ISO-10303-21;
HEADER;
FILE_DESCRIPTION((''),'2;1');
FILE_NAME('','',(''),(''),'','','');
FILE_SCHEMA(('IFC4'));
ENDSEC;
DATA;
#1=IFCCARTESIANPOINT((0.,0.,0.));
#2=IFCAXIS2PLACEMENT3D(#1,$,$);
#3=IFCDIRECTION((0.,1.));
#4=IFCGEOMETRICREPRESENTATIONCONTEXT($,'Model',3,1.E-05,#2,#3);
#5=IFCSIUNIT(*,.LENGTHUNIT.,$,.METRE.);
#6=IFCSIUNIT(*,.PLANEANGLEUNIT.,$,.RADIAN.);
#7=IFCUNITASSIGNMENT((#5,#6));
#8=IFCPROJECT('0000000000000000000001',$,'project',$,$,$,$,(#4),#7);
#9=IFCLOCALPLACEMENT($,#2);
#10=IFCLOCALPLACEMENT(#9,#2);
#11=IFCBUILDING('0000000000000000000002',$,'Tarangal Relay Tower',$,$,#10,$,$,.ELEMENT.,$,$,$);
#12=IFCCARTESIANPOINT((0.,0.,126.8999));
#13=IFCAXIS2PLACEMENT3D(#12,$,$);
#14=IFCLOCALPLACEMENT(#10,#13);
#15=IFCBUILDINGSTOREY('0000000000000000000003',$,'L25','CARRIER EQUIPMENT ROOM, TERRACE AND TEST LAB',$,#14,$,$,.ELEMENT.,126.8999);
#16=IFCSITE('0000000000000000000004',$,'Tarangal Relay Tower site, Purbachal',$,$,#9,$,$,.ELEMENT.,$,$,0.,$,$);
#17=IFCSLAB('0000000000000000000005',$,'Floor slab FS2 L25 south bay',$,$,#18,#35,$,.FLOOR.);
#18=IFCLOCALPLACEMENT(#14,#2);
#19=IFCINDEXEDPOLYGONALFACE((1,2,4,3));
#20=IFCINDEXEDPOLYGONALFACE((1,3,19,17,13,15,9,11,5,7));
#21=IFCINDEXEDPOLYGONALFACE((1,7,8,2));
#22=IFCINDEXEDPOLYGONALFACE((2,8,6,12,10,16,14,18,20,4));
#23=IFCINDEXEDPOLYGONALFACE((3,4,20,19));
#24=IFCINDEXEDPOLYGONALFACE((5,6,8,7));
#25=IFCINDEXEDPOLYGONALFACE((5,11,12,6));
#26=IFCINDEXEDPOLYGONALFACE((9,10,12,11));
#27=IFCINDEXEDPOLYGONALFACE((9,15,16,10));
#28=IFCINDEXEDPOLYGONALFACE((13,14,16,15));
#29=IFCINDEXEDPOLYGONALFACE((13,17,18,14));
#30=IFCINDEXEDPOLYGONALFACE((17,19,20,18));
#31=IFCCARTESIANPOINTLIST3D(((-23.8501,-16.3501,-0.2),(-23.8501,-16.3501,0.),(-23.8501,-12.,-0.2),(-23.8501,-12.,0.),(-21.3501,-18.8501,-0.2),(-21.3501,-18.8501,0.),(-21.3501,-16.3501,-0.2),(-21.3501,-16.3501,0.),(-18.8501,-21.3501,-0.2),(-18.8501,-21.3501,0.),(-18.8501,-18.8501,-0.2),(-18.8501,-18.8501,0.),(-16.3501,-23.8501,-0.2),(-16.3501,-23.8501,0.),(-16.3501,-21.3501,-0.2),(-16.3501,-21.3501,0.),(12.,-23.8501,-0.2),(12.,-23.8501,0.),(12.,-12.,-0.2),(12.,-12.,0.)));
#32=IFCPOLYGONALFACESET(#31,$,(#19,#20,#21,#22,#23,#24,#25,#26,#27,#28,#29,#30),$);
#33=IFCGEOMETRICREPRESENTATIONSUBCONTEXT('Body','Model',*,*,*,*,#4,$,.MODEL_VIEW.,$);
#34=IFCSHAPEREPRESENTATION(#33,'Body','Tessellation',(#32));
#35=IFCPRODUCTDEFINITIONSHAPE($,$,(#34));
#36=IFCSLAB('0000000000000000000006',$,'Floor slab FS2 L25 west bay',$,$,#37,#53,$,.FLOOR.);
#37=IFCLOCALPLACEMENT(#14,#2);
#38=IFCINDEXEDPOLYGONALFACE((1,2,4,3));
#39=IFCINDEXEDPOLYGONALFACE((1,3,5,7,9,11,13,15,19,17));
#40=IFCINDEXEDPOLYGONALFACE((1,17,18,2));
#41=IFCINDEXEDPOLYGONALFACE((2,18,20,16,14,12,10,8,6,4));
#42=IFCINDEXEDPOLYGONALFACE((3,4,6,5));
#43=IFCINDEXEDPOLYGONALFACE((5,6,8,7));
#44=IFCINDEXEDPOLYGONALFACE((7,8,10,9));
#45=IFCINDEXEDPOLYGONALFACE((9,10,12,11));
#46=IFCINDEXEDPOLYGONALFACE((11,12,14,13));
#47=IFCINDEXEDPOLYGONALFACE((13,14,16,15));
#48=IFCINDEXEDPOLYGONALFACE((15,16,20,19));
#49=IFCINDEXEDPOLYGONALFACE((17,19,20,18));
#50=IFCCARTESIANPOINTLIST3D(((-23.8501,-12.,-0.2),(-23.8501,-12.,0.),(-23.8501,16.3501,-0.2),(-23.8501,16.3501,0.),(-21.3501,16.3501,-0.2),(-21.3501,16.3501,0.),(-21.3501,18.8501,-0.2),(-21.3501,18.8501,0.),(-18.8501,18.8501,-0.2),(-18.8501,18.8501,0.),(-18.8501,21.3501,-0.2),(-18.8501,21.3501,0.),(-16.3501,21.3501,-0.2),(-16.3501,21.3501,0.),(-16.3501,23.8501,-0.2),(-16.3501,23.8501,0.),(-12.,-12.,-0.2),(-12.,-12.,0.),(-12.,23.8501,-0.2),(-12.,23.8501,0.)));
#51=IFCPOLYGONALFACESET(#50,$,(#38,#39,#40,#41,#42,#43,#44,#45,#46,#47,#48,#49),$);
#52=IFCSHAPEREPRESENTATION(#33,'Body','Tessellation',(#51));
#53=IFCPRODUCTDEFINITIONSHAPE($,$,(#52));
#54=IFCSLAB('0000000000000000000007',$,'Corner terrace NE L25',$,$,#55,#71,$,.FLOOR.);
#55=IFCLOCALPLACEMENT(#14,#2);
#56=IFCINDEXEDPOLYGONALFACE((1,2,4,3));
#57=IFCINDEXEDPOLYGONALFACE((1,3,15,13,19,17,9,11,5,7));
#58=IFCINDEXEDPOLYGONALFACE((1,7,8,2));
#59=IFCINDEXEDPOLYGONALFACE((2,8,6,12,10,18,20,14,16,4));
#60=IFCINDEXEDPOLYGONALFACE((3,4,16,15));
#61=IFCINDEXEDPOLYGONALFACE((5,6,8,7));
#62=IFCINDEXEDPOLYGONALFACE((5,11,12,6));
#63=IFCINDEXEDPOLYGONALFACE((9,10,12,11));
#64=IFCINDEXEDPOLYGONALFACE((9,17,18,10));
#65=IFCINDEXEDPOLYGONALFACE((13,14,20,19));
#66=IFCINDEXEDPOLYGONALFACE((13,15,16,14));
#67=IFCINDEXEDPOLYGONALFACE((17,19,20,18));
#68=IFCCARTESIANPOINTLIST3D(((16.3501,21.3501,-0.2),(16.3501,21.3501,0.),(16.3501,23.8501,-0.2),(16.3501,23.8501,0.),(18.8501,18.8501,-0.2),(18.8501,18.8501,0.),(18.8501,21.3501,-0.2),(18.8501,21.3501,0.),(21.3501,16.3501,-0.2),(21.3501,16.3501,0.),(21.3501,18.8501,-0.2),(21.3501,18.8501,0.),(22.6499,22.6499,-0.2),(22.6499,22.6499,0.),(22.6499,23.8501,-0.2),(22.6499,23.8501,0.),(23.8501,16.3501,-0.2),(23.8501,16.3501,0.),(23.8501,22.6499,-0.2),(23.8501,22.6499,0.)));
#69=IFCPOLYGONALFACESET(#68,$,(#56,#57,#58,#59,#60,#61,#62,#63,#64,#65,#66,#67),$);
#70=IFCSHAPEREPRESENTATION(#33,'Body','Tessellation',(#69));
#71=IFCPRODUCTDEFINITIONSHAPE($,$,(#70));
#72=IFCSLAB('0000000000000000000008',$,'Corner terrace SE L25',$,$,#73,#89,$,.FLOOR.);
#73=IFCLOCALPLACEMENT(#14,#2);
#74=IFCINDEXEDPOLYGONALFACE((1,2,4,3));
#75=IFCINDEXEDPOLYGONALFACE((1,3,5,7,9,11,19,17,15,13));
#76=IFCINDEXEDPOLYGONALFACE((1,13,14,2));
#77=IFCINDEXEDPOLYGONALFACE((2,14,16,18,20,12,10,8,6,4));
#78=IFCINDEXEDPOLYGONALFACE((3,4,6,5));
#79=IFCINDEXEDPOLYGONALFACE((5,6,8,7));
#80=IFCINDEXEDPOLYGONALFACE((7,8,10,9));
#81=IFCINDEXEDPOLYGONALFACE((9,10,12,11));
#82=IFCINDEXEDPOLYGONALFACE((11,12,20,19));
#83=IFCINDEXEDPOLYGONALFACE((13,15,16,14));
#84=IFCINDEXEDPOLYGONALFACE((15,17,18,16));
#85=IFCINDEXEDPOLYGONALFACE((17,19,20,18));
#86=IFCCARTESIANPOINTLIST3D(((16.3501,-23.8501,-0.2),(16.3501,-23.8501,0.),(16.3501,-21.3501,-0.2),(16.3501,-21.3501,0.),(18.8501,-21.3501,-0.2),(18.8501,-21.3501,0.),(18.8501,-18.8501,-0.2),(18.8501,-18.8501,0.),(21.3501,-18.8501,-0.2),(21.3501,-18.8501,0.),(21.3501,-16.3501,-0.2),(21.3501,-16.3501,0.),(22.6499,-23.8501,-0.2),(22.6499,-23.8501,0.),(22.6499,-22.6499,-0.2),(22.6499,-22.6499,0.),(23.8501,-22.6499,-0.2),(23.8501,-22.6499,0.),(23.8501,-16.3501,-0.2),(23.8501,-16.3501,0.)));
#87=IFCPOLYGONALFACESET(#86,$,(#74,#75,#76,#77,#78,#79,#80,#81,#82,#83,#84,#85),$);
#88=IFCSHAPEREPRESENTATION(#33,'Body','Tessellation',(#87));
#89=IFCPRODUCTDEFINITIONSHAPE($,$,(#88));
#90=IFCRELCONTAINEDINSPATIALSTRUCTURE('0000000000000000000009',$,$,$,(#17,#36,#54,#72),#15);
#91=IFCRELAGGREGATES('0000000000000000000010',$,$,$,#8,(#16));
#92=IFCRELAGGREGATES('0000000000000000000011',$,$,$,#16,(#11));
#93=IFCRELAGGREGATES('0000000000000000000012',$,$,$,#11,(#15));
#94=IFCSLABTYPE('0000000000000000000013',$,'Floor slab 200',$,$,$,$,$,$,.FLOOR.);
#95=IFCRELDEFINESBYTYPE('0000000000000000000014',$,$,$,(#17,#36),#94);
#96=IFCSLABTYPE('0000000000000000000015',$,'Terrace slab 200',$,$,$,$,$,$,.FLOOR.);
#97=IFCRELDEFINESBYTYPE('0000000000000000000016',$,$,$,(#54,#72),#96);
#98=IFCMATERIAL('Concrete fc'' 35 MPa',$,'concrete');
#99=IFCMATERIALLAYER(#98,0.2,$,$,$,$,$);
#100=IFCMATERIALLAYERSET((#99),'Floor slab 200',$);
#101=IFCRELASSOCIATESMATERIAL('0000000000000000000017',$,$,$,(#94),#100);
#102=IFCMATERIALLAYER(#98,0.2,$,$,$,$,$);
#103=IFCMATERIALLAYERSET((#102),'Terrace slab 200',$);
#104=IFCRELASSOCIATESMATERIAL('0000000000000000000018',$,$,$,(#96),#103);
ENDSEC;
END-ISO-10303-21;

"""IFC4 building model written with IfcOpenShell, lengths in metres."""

from ifc_helpers import new_model, si_unit, direction, frame, origin, place, context, subcontext, project, spatial, polyline, outline, extrude, material, layer, layer_set, type_object, element, save


model = new_model("IFC4")

# Units and contexts
model_context = context("Model", 3, precision=1e-05, world=origin(), true_north=direction((0.0, 1.0)))
body_context = subcontext(model_context, "Body", "Model", "MODEL_VIEW")
ifc_project = project(units=[si_unit("LENGTHUNIT", "METRE"), si_unit("PLANEANGLEUNIT", "RADIAN")], contexts=[model_context])

# Site, building, storey
site_placement = place(None, origin())
site = spatial("IfcSite", under=ifc_project, at=site_placement, Name="Tarangal Relay Tower site, Purbachal", CompositionType="ELEMENT", RefElevation=0.0)
building_placement = place(site_placement, origin())
building = spatial("IfcBuilding", under=site, at=building_placement, Name="Tarangal Relay Tower", CompositionType="ELEMENT")
storey_placement = place(building_placement, frame((0.0, 0.0, 126.8999)))
storey = spatial("IfcBuildingStorey", under=building, at=storey_placement, Name="L25", Description="CARRIER EQUIPMENT ROOM, TERRACE AND TEST LAB", CompositionType="ELEMENT", Elevation=126.8999)

# Slabs
ifc_material_1 = material(Name="Concrete fc' 35 MPa", Category="concrete")
ifc_layer_1 = layer(ifc_material_1, 0.2)
ifc_layer_set_1 = layer_set([ifc_layer_1], Name="Floor slab 200")
slab_type_1 = type_object("IfcSlabType", Name="Floor slab 200", PredefinedType="FLOOR", material=ifc_layer_set_1)
slab_1_placement = place(storey_placement, frame((0.0, 0.0, -0.2)))
element("IfcSlab", 1, at=slab_1_placement, inside=storey, type_object=slab_type_1, Name="Floor slab FS2 L25 south bay", PredefinedType="FLOOR", context=body_context, shape_type="SweptSolid", body=[
    extrude(outline(polyline([(-16.3501, -23.8501), (-16.3501, -21.3501), (-18.8501, -21.3501), (-18.8501, -18.8501), (-21.3501, -18.8501), (-21.3501, -16.3501), (-23.8501, -16.3501), (-23.8501, -12.0), (12.0, -12.0), (12.0, -23.8501), (-16.3501, -23.8501)])), origin(), (0.0, 0.0, 1.0), 0.2),
])
slab_2_placement = place(storey_placement, frame((0.0, 0.0, -0.2)))
element("IfcSlab", 2, at=slab_2_placement, inside=storey, type_object=slab_type_1, Name="Floor slab FS2 L25 west bay", PredefinedType="FLOOR", context=body_context, shape_type="SweptSolid", body=[
    extrude(outline(polyline([(-12.0, 23.8501), (-12.0, -12.0), (-23.8501, -12.0), (-23.8501, 16.3501), (-21.3501, 16.3501), (-21.3501, 18.8501), (-18.8501, 18.8501), (-18.8501, 21.3501), (-16.3501, 21.3501), (-16.3501, 23.8501), (-12.0, 23.8501)])), origin(), (0.0, 0.0, 1.0), 0.2),
])
ifc_layer_2 = layer(ifc_material_1, 0.2)
ifc_layer_set_2 = layer_set([ifc_layer_2], Name="Terrace slab 200")
slab_type_2 = type_object("IfcSlabType", Name="Terrace slab 200", PredefinedType="FLOOR", material=ifc_layer_set_2)
slab_3_placement = place(storey_placement, frame((0.0, 0.0, -0.2)))
element("IfcSlab", 3, at=slab_3_placement, inside=storey, type_object=slab_type_2, Name="Corner terrace NE L25", PredefinedType="FLOOR", context=body_context, shape_type="SweptSolid", body=[
    extrude(outline(polyline([(16.3501, 23.8501), (16.3501, 21.3501), (18.8501, 21.3501), (18.8501, 18.8501), (21.3501, 18.8501), (21.3501, 16.3501), (23.8501, 16.3501), (23.8501, 22.6499), (22.6499, 22.6499), (22.6499, 23.8501), (16.3501, 23.8501)])), origin(), (0.0, 0.0, 1.0), 0.2),
])
slab_4_placement = place(storey_placement, frame((0.0, 0.0, -0.2)))
element("IfcSlab", 4, at=slab_4_placement, inside=storey, type_object=slab_type_2, Name="Corner terrace SE L25", PredefinedType="FLOOR", context=body_context, shape_type="SweptSolid", body=[
    extrude(outline(polyline([(23.8501, -16.3501), (21.3501, -16.3501), (21.3501, -18.8501), (18.8501, -18.8501), (18.8501, -21.3501), (16.3501, -21.3501), (16.3501, -23.8501), (22.6499, -23.8501), (22.6499, -22.6499), (23.8501, -22.6499), (23.8501, -16.3501)])), origin(), (0.0, 0.0, 1.0), 0.2),
])

save(model, "model.ifc")
